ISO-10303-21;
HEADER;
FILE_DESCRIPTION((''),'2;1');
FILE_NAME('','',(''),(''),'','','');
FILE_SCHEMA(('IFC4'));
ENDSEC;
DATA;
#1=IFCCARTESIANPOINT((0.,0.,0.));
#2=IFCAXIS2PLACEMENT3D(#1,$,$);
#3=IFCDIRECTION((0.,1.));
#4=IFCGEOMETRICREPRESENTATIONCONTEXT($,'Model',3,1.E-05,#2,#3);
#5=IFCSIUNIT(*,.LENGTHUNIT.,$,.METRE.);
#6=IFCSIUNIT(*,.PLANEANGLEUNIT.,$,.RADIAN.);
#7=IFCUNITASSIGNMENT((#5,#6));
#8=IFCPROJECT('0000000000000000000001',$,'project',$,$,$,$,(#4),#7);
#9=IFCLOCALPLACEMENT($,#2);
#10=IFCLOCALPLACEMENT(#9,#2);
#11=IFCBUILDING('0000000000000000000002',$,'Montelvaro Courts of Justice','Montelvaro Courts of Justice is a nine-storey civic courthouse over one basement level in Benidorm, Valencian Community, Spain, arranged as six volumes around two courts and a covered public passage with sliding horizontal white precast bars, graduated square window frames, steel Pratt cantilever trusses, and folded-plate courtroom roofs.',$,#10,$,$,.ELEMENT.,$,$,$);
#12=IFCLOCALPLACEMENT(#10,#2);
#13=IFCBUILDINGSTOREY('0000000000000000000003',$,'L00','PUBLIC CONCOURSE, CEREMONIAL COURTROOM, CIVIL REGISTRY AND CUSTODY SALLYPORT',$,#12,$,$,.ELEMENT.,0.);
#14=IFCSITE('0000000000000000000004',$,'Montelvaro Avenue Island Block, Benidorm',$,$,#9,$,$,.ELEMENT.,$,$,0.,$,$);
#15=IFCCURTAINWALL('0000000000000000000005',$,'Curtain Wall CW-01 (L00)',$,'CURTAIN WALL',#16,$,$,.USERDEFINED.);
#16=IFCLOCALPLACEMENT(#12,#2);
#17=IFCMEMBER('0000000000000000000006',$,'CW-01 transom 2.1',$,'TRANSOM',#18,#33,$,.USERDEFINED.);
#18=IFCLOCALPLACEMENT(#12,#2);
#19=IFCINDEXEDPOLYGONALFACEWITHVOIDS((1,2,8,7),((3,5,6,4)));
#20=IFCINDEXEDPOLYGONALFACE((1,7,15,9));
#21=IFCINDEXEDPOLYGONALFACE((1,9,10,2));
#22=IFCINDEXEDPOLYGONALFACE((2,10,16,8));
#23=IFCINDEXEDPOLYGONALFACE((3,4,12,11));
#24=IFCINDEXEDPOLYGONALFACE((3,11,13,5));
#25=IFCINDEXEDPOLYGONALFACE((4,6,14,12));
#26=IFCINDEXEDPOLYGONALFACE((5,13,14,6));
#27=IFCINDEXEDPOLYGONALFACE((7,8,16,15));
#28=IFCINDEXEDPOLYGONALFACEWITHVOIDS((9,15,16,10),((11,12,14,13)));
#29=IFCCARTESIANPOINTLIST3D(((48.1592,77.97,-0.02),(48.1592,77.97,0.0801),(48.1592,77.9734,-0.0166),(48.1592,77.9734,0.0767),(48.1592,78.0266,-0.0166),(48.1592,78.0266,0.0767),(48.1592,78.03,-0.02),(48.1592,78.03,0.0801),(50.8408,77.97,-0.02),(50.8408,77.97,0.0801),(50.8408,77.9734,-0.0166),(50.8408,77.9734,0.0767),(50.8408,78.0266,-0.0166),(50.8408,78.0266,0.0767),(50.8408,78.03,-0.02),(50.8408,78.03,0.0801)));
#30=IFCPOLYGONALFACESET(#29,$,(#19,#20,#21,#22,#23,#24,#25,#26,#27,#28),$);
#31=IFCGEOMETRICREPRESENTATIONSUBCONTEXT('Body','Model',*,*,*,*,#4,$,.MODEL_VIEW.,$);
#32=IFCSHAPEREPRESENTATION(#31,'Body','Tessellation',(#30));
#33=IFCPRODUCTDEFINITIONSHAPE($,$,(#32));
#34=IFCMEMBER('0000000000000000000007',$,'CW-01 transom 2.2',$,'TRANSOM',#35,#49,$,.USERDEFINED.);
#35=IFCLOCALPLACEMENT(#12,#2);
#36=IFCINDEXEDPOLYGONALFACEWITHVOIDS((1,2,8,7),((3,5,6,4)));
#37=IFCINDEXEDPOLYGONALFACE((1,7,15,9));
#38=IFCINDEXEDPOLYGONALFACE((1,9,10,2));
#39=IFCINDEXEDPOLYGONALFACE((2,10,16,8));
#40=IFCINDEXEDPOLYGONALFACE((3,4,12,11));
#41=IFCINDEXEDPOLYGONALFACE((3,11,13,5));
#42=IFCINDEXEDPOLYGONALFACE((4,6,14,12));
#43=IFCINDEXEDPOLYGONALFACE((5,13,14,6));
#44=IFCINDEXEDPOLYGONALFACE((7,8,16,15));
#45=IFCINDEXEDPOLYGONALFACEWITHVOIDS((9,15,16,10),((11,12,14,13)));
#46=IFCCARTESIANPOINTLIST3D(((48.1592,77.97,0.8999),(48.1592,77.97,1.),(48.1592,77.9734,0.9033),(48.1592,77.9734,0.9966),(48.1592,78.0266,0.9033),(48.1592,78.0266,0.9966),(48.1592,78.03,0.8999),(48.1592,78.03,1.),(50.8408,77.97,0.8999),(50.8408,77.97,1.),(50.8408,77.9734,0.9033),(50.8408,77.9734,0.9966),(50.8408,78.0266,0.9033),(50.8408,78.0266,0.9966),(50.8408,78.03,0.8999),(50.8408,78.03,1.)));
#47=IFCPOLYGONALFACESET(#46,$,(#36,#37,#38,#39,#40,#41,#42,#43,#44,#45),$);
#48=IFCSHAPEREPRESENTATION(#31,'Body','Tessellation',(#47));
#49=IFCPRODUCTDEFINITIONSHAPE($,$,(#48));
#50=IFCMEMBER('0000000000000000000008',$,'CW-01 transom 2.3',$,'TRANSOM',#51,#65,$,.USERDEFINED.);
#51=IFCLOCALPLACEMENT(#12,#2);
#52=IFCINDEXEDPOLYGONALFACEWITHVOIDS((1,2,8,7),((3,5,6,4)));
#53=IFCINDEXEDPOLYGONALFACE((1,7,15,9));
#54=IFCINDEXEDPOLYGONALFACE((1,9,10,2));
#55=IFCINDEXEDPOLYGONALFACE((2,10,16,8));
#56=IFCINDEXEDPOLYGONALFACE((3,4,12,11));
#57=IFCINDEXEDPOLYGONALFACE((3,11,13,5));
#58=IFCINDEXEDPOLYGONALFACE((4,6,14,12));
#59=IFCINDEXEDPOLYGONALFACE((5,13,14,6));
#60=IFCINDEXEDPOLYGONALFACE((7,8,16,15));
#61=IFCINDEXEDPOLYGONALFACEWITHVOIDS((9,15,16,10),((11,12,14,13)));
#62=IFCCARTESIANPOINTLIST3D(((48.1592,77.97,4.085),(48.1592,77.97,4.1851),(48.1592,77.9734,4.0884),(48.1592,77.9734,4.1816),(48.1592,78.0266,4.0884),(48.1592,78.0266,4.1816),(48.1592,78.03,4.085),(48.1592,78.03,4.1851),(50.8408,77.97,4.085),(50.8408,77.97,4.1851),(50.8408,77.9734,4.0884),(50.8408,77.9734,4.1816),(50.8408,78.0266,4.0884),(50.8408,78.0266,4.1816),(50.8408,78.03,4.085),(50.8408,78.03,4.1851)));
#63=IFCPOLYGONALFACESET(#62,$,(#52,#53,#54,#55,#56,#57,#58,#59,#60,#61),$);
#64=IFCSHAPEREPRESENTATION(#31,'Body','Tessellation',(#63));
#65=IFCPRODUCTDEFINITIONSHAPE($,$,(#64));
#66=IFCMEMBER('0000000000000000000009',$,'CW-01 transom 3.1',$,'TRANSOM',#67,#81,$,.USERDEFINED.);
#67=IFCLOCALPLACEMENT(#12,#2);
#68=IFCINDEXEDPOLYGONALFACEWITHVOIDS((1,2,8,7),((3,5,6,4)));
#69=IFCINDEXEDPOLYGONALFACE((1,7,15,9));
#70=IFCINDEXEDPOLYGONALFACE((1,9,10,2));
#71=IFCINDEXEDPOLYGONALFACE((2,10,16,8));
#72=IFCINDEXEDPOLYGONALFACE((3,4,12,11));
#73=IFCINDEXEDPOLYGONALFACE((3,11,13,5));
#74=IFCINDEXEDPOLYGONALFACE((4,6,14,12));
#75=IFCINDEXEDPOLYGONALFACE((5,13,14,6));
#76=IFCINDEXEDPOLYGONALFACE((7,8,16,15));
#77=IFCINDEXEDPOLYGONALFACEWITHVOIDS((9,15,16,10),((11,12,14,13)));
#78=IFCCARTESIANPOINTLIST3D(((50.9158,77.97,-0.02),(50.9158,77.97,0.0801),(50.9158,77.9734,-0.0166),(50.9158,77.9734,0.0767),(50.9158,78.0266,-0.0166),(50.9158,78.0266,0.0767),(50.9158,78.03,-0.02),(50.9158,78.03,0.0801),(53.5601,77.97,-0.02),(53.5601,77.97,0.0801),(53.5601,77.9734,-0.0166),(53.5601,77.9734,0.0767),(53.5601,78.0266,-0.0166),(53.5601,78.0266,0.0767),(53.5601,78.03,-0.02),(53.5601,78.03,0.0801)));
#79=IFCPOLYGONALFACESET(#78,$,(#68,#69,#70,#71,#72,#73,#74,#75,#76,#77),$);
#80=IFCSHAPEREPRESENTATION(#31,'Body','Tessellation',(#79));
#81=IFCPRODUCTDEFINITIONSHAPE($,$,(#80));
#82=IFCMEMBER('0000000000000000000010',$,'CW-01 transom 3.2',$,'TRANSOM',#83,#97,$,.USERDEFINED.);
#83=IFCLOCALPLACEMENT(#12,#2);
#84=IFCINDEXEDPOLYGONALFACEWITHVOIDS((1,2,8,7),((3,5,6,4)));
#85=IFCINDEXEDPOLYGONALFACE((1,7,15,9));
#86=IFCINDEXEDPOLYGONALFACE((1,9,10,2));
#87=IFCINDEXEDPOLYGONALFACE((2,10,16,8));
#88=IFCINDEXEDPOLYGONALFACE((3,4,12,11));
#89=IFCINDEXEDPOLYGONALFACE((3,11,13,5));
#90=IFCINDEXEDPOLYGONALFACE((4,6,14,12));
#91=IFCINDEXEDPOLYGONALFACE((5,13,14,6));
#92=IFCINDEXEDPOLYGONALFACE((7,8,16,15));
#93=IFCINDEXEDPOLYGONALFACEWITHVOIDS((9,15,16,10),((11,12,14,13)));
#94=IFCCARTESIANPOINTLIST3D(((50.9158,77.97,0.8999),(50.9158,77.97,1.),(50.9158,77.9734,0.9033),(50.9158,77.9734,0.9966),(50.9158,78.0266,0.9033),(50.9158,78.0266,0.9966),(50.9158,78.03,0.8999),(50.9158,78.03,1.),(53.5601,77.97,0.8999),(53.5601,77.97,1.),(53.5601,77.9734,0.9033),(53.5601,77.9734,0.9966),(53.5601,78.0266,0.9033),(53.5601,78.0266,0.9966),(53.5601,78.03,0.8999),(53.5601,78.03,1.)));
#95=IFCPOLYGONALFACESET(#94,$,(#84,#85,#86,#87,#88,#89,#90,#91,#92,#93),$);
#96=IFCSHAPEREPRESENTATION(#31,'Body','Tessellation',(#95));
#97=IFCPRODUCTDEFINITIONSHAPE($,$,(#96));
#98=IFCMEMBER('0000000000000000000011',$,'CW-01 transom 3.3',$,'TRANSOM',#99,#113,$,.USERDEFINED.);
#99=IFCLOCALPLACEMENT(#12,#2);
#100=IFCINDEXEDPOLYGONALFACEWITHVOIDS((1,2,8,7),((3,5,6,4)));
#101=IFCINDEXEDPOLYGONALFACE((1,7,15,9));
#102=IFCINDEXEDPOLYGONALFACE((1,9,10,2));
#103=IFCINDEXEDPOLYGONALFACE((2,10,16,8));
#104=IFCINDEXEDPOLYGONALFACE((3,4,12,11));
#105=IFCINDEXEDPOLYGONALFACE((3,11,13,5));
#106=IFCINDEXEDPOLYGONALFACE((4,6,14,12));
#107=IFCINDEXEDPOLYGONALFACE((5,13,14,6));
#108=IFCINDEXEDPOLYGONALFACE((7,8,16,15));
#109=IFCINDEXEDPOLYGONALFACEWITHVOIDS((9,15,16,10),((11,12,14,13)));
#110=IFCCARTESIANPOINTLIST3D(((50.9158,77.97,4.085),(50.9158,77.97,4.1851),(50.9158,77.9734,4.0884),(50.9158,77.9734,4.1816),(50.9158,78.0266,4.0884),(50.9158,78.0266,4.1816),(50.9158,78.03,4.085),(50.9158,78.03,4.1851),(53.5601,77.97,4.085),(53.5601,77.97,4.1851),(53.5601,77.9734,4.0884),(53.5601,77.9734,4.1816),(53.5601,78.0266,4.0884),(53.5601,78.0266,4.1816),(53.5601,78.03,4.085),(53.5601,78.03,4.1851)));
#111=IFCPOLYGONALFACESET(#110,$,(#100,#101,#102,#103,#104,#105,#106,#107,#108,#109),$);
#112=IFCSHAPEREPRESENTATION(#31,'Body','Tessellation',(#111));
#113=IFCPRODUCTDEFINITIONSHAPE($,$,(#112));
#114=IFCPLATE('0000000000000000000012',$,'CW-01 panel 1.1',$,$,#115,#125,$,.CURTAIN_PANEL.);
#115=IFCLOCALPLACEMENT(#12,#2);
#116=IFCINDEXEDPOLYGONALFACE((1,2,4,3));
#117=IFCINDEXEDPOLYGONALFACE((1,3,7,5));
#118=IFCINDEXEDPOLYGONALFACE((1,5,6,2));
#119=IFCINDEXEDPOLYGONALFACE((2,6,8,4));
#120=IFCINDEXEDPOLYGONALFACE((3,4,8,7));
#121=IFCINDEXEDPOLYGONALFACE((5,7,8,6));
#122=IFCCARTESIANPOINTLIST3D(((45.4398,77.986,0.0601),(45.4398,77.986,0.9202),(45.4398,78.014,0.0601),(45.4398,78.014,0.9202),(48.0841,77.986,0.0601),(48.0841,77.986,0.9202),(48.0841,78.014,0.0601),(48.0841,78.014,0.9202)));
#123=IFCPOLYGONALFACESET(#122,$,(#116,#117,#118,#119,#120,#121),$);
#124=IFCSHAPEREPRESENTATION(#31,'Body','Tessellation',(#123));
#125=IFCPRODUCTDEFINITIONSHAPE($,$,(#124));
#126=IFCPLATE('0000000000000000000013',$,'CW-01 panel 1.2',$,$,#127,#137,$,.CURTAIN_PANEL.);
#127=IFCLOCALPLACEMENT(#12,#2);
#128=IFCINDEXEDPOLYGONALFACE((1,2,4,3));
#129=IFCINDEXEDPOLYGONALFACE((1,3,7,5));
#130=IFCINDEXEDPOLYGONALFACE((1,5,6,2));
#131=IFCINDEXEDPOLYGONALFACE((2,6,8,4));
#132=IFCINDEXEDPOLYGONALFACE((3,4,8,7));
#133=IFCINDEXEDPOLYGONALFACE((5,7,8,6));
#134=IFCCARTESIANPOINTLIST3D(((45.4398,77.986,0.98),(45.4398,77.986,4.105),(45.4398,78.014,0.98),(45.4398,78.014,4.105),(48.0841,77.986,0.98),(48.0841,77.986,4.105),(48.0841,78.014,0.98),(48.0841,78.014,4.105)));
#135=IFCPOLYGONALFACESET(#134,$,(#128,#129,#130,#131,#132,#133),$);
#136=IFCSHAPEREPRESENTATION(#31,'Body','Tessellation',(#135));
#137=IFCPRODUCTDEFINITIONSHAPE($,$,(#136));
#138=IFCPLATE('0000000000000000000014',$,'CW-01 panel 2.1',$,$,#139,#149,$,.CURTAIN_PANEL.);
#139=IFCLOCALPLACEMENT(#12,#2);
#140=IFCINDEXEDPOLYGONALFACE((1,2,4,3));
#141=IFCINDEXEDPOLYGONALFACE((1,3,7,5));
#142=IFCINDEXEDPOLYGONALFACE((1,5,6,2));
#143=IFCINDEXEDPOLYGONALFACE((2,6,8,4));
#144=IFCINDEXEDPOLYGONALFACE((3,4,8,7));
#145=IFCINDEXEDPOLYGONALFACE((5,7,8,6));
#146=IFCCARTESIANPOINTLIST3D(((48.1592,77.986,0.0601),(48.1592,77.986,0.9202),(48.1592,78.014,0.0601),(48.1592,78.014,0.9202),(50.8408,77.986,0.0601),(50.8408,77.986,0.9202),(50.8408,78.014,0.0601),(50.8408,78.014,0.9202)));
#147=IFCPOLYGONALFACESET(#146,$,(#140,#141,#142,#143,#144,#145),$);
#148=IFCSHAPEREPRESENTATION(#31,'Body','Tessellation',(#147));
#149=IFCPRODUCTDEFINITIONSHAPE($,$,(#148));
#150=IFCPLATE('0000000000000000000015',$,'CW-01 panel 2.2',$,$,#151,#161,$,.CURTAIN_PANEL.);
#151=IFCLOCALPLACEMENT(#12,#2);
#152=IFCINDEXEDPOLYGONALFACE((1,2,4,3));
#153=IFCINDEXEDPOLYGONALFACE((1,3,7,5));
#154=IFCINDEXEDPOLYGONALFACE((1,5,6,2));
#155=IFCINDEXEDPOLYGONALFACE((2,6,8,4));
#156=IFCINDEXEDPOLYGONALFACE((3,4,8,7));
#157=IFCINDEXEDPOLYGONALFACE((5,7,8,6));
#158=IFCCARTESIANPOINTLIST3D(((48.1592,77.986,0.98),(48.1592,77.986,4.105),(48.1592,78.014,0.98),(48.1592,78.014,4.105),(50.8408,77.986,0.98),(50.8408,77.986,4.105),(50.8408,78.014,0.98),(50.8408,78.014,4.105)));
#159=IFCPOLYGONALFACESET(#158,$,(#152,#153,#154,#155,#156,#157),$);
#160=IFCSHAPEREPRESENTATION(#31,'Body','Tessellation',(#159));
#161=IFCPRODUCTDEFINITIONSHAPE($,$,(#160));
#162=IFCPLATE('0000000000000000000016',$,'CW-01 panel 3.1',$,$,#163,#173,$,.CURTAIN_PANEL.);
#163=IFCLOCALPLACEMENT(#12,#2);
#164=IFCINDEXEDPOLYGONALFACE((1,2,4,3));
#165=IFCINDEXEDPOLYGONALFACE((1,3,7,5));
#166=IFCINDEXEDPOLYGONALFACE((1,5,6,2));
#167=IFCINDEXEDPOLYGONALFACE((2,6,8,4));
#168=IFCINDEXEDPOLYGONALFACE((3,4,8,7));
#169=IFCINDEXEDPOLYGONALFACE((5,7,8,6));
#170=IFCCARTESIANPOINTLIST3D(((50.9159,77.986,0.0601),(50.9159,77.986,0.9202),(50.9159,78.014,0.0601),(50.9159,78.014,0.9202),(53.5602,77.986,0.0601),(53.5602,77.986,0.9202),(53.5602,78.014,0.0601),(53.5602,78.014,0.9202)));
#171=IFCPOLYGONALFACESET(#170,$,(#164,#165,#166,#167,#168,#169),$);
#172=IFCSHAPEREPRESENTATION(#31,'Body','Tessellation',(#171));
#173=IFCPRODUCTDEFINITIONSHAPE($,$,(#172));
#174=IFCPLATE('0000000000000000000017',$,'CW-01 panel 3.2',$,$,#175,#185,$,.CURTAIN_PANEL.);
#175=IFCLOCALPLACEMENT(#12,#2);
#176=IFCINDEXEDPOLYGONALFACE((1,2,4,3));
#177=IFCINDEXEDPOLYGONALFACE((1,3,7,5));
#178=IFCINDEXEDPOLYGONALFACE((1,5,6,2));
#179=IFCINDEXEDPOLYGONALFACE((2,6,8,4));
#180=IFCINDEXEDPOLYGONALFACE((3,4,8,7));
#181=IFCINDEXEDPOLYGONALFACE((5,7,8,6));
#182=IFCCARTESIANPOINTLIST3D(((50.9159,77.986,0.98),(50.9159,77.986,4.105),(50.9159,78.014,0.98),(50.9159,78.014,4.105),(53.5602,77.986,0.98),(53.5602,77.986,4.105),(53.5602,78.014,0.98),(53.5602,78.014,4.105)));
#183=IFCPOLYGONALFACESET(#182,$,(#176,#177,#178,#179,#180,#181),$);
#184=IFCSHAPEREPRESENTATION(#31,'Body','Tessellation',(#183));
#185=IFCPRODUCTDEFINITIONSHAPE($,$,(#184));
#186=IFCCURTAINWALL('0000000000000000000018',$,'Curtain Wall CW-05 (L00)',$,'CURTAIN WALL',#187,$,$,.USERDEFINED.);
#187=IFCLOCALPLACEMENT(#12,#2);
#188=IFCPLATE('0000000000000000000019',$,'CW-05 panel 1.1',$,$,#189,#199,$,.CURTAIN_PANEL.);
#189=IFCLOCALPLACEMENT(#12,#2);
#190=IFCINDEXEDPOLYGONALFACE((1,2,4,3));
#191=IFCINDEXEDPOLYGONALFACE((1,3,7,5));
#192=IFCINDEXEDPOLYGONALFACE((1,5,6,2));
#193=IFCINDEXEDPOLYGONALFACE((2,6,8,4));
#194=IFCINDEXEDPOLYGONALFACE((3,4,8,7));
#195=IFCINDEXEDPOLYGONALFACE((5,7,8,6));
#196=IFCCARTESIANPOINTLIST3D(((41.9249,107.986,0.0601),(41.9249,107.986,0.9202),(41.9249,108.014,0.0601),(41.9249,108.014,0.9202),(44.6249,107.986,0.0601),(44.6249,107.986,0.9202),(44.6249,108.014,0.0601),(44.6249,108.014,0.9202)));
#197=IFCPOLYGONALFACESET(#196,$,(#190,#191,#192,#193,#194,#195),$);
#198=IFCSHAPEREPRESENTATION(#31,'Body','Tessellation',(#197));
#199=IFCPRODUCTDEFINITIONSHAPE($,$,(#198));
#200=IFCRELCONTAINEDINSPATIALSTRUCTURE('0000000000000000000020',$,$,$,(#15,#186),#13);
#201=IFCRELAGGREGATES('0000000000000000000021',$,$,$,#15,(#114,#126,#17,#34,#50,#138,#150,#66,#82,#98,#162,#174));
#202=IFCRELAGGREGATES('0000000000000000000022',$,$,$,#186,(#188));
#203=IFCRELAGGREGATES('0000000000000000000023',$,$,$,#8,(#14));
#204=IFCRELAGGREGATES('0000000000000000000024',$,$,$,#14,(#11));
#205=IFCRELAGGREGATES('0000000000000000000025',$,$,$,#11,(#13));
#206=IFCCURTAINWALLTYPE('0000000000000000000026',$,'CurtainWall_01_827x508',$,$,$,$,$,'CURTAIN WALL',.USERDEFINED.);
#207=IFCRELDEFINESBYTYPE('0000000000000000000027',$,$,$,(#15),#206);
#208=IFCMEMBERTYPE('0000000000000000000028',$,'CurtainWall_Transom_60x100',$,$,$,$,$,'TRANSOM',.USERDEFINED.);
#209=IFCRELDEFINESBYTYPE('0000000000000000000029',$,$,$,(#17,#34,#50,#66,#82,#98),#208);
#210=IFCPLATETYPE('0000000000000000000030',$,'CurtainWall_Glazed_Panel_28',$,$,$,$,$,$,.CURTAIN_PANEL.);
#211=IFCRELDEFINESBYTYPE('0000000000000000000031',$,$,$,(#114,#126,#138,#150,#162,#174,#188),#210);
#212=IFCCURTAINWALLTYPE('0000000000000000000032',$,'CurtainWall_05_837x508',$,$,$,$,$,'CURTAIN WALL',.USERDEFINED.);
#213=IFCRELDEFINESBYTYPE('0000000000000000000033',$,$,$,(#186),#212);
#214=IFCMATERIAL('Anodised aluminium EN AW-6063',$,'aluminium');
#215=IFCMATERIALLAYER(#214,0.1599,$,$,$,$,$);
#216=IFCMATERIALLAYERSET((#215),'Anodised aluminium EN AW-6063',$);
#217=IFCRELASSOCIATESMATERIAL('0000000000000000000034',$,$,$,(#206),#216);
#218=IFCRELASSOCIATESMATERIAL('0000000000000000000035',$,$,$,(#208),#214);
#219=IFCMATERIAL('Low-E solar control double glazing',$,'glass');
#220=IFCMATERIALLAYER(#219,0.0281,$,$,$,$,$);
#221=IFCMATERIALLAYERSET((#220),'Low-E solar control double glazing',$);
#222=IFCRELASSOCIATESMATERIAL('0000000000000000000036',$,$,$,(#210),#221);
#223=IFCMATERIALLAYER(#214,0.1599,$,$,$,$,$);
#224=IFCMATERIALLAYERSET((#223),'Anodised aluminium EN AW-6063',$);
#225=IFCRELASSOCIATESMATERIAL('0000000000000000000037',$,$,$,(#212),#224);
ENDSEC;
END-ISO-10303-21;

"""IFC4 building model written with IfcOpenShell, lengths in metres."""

from ifc_helpers import new_model, si_unit, direction, frame, origin, origin_2d, place, context, subcontext, project, spatial, rectangle, hollow_rectangle, extrude, material, layer, layer_set, material_profile, profile_set, type_object, element, aggregate, save


model = new_model("IFC4")

# Units and contexts
model_context = context("Model", 3, precision=1e-05, world=origin(), true_north=direction((0.0, 1.0)))
body_context = subcontext(model_context, "Body", "Model", "MODEL_VIEW")
ifc_project = project(units=[si_unit("LENGTHUNIT", "METRE"), si_unit("PLANEANGLEUNIT", "RADIAN")], contexts=[model_context])

# Site, building, storey
site_placement = place(None, origin())
site = spatial("IfcSite", under=ifc_project, at=site_placement, Name="Montelvaro Avenue Island Block, Benidorm", CompositionType="ELEMENT", RefElevation=0.0)
building_placement = place(site_placement, origin())
building = spatial("IfcBuilding", under=site, at=building_placement, Name="Montelvaro Courts of Justice", Description="Montelvaro Courts of Justice is a nine-storey civic courthouse over one basement level in Benidorm, Valencian Community, Spain, arranged as six volumes around two courts and a covered public passage with sliding horizontal white precast bars, graduated square window frames, steel Pratt cantilever trusses, and folded-plate courtroom roofs.", CompositionType="ELEMENT")
storey_placement = place(building_placement, origin())
storey = spatial("IfcBuildingStorey", under=building, at=storey_placement, Name="L00", Description="PUBLIC CONCOURSE, CEREMONIAL COURTROOM, CIVIL REGISTRY AND CUSTODY SALLYPORT", CompositionType="ELEMENT", Elevation=0.0)

# Curtain wall, members, plates
ifc_material_1 = material(Name="Anodised aluminium EN AW-6063", Category="aluminium")
ifc_layer_1 = layer(ifc_material_1, 0.1599)
ifc_layer_set_1 = layer_set([ifc_layer_1], Name="Anodised aluminium EN AW-6063")
curtain_wall_type_1 = type_object("IfcCurtainWallType", Name="CurtainWall_01_827x508", ElementType="CURTAIN WALL", PredefinedType="USERDEFINED", material=ifc_layer_set_1)
curtain_wall_1_placement = place(storey_placement, origin())
curtain_wall_1 = element("IfcCurtainWall", 1, at=curtain_wall_1_placement, inside=storey, type_object=curtain_wall_type_1, Name="Curtain Wall CW-01 (L00)", ObjectType="CURTAIN WALL", PredefinedType="USERDEFINED")
ifc_material_profile_1 = material_profile(ifc_material_1, hollow_rectangle(XDim=0.0601, YDim=0.1001, WallThickness=0.0034, at=origin_2d()), Name="ALU-T 60x100")
ifc_profile_set_1 = profile_set([ifc_material_profile_1], Name="Anodised aluminium EN AW-6063")
member_type_1 = type_object("IfcMemberType", Name="CurtainWall_Transom_60x100", ElementType="TRANSOM", PredefinedType="USERDEFINED", material=ifc_profile_set_1)
member_1_placement = place(storey_placement, frame((48.1592, 78.0, 0.03), z_axis=(1.0, 0.0, 0.0), x_axis=(0.0, 1.0, 0.0)))
member_1 = element("IfcMember", 2, at=member_1_placement, type_object=member_type_1, Name="CW-01 transom 2.1", ObjectType="TRANSOM", PredefinedType="USERDEFINED", context=body_context, shape_type="SweptSolid", body=[
    extrude(hollow_rectangle(XDim=0.0601, YDim=0.1001, WallThickness=0.0034, at=origin_2d()), origin(), (0.0, 0.0, 1.0), 2.6816),
])
member_2_placement = place(storey_placement, frame((48.1592, 78.0, 0.95), z_axis=(1.0, 0.0, 0.0), x_axis=(0.0, 1.0, 0.0)))
member_2 = element("IfcMember", 3, at=member_2_placement, type_object=member_type_1, Name="CW-01 transom 2.2", ObjectType="TRANSOM", PredefinedType="USERDEFINED", context=body_context, shape_type="SweptSolid", body=[
    extrude(hollow_rectangle(XDim=0.0601, YDim=0.1001, WallThickness=0.0034, at=origin_2d()), origin(), (0.0, 0.0, 1.0), 2.6816),
])
member_3_placement = place(storey_placement, frame((48.1592, 78.0, 4.135), z_axis=(1.0, 0.0, 0.0), x_axis=(0.0, 1.0, 0.0)))
member_3 = element("IfcMember", 4, at=member_3_placement, type_object=member_type_1, Name="CW-01 transom 2.3", ObjectType="TRANSOM", PredefinedType="USERDEFINED", context=body_context, shape_type="SweptSolid", body=[
    extrude(hollow_rectangle(XDim=0.0601, YDim=0.1001, WallThickness=0.0034, at=origin_2d()), origin(), (0.0, 0.0, 1.0), 2.6816),
])
member_4_placement = place(storey_placement, frame((50.9158, 78.0, 0.03), z_axis=(1.0, 0.0, 0.0), x_axis=(0.0, 1.0, 0.0)))
member_4 = element("IfcMember", 5, at=member_4_placement, type_object=member_type_1, Name="CW-01 transom 3.1", ObjectType="TRANSOM", PredefinedType="USERDEFINED", context=body_context, shape_type="SweptSolid", body=[
    extrude(hollow_rectangle(XDim=0.0601, YDim=0.1001, WallThickness=0.0034, at=origin_2d()), origin(), (0.0, 0.0, 1.0), 2.6443),
])
member_5_placement = place(storey_placement, frame((50.9158, 78.0, 0.95), z_axis=(1.0, 0.0, 0.0), x_axis=(0.0, 1.0, 0.0)))
member_5 = element("IfcMember", 6, at=member_5_placement, type_object=member_type_1, Name="CW-01 transom 3.2", ObjectType="TRANSOM", PredefinedType="USERDEFINED", context=body_context, shape_type="SweptSolid", body=[
    extrude(hollow_rectangle(XDim=0.0601, YDim=0.1001, WallThickness=0.0034, at=origin_2d()), origin(), (0.0, 0.0, 1.0), 2.6443),
])
member_6_placement = place(storey_placement, frame((50.9158, 78.0, 4.135), z_axis=(1.0, 0.0, 0.0), x_axis=(0.0, 1.0, 0.0)))
member_6 = element("IfcMember", 7, at=member_6_placement, type_object=member_type_1, Name="CW-01 transom 3.3", ObjectType="TRANSOM", PredefinedType="USERDEFINED", context=body_context, shape_type="SweptSolid", body=[
    extrude(hollow_rectangle(XDim=0.0601, YDim=0.1001, WallThickness=0.0034, at=origin_2d()), origin(), (0.0, 0.0, 1.0), 2.6443),
])
ifc_material_2 = material(Name="Low-E solar control double glazing", Category="glass")
ifc_layer_2 = layer(ifc_material_2, 0.0281)
ifc_layer_set_2 = layer_set([ifc_layer_2], Name="Low-E solar control double glazing")
plate_type = type_object("IfcPlateType", Name="CurtainWall_Glazed_Panel_28", PredefinedType="CURTAIN_PANEL", material=ifc_layer_set_2)
plate_1_placement = place(storey_placement, frame((46.762, 78.0, 0.0601), z_axis=(0.0, 0.0, 1.0), x_axis=(1.0, 0.0, 0.0)))
plate_1 = element("IfcPlate", 8, at=plate_1_placement, type_object=plate_type, Name="CW-01 panel 1.1", PredefinedType="CURTAIN_PANEL", context=body_context, shape_type="SweptSolid", body=[
    extrude(rectangle(XDim=2.6443, YDim=0.0281, at=origin_2d()), origin(), (0.0, 0.0, 1.0), 0.8601),
])
plate_2_placement = place(storey_placement, frame((46.762, 78.0, 0.98), z_axis=(0.0, 0.0, 1.0), x_axis=(1.0, 0.0, 0.0)))
plate_2 = element("IfcPlate", 9, at=plate_2_placement, type_object=plate_type, Name="CW-01 panel 1.2", PredefinedType="CURTAIN_PANEL", context=body_context, shape_type="SweptSolid", body=[
    extrude(rectangle(XDim=2.6443, YDim=0.0281, at=origin_2d()), origin(), (0.0, 0.0, 1.0), 3.125),
])
plate_3_placement = place(storey_placement, frame((49.5, 78.0, 0.0601), z_axis=(0.0, 0.0, 1.0), x_axis=(1.0, 0.0, 0.0)))
plate_3 = element("IfcPlate", 10, at=plate_3_placement, type_object=plate_type, Name="CW-01 panel 2.1", PredefinedType="CURTAIN_PANEL", context=body_context, shape_type="SweptSolid", body=[
    extrude(rectangle(XDim=2.6816, YDim=0.0281, at=origin_2d()), origin(), (0.0, 0.0, 1.0), 0.8601),
])
plate_4_placement = place(storey_placement, frame((49.5, 78.0, 0.98), z_axis=(0.0, 0.0, 1.0), x_axis=(1.0, 0.0, 0.0)))
plate_4 = element("IfcPlate", 11, at=plate_4_placement, type_object=plate_type, Name="CW-01 panel 2.2", PredefinedType="CURTAIN_PANEL", context=body_context, shape_type="SweptSolid", body=[
    extrude(rectangle(XDim=2.6816, YDim=0.0281, at=origin_2d()), origin(), (0.0, 0.0, 1.0), 3.125),
])
plate_5_placement = place(storey_placement, frame((52.238, 78.0, 0.0601), z_axis=(0.0, 0.0, 1.0), x_axis=(1.0, 0.0, 0.0)))
plate_5 = element("IfcPlate", 12, at=plate_5_placement, type_object=plate_type, Name="CW-01 panel 3.1", PredefinedType="CURTAIN_PANEL", context=body_context, shape_type="SweptSolid", body=[
    extrude(rectangle(XDim=2.6443, YDim=0.0281, at=origin_2d()), origin(), (0.0, 0.0, 1.0), 0.8601),
])
plate_6_placement = place(storey_placement, frame((52.238, 78.0, 0.98), z_axis=(0.0, 0.0, 1.0), x_axis=(1.0, 0.0, 0.0)))
plate_6 = element("IfcPlate", 13, at=plate_6_placement, type_object=plate_type, Name="CW-01 panel 3.2", PredefinedType="CURTAIN_PANEL", context=body_context, shape_type="SweptSolid", body=[
    extrude(rectangle(XDim=2.6443, YDim=0.0281, at=origin_2d()), origin(), (0.0, 0.0, 1.0), 3.125),
])
aggregate(curtain_wall_1, [plate_1, plate_2, member_1, member_2, member_3, plate_3, plate_4, member_4, member_5, member_6, plate_5, plate_6])

# Curtain wall, plate
ifc_layer_3 = layer(ifc_material_1, 0.1599)
ifc_layer_set_3 = layer_set([ifc_layer_3], Name="Anodised aluminium EN AW-6063")
curtain_wall_type_2 = type_object("IfcCurtainWallType", Name="CurtainWall_05_837x508", ElementType="CURTAIN WALL", PredefinedType="USERDEFINED", material=ifc_layer_set_3)
curtain_wall_2_placement = place(storey_placement, origin())
curtain_wall_2 = element("IfcCurtainWall", 14, at=curtain_wall_2_placement, inside=storey, type_object=curtain_wall_type_2, Name="Curtain Wall CW-05 (L00)", ObjectType="CURTAIN WALL", PredefinedType="USERDEFINED")
plate_7_placement = place(storey_placement, frame((43.2749, 108.0, 0.0601), z_axis=(0.0, 0.0, 1.0), x_axis=(-1.0, 0.0, 0.0)))
plate_7 = element("IfcPlate", 15, at=plate_7_placement, type_object=plate_type, Name="CW-05 panel 1.1", PredefinedType="CURTAIN_PANEL", context=body_context, shape_type="SweptSolid", body=[
    extrude(rectangle(XDim=2.7, YDim=0.0281, at=origin_2d()), origin(), (0.0, 0.0, 1.0), 0.8601),
])
aggregate(curtain_wall_2, [plate_7])

save(model, "model.ifc")
